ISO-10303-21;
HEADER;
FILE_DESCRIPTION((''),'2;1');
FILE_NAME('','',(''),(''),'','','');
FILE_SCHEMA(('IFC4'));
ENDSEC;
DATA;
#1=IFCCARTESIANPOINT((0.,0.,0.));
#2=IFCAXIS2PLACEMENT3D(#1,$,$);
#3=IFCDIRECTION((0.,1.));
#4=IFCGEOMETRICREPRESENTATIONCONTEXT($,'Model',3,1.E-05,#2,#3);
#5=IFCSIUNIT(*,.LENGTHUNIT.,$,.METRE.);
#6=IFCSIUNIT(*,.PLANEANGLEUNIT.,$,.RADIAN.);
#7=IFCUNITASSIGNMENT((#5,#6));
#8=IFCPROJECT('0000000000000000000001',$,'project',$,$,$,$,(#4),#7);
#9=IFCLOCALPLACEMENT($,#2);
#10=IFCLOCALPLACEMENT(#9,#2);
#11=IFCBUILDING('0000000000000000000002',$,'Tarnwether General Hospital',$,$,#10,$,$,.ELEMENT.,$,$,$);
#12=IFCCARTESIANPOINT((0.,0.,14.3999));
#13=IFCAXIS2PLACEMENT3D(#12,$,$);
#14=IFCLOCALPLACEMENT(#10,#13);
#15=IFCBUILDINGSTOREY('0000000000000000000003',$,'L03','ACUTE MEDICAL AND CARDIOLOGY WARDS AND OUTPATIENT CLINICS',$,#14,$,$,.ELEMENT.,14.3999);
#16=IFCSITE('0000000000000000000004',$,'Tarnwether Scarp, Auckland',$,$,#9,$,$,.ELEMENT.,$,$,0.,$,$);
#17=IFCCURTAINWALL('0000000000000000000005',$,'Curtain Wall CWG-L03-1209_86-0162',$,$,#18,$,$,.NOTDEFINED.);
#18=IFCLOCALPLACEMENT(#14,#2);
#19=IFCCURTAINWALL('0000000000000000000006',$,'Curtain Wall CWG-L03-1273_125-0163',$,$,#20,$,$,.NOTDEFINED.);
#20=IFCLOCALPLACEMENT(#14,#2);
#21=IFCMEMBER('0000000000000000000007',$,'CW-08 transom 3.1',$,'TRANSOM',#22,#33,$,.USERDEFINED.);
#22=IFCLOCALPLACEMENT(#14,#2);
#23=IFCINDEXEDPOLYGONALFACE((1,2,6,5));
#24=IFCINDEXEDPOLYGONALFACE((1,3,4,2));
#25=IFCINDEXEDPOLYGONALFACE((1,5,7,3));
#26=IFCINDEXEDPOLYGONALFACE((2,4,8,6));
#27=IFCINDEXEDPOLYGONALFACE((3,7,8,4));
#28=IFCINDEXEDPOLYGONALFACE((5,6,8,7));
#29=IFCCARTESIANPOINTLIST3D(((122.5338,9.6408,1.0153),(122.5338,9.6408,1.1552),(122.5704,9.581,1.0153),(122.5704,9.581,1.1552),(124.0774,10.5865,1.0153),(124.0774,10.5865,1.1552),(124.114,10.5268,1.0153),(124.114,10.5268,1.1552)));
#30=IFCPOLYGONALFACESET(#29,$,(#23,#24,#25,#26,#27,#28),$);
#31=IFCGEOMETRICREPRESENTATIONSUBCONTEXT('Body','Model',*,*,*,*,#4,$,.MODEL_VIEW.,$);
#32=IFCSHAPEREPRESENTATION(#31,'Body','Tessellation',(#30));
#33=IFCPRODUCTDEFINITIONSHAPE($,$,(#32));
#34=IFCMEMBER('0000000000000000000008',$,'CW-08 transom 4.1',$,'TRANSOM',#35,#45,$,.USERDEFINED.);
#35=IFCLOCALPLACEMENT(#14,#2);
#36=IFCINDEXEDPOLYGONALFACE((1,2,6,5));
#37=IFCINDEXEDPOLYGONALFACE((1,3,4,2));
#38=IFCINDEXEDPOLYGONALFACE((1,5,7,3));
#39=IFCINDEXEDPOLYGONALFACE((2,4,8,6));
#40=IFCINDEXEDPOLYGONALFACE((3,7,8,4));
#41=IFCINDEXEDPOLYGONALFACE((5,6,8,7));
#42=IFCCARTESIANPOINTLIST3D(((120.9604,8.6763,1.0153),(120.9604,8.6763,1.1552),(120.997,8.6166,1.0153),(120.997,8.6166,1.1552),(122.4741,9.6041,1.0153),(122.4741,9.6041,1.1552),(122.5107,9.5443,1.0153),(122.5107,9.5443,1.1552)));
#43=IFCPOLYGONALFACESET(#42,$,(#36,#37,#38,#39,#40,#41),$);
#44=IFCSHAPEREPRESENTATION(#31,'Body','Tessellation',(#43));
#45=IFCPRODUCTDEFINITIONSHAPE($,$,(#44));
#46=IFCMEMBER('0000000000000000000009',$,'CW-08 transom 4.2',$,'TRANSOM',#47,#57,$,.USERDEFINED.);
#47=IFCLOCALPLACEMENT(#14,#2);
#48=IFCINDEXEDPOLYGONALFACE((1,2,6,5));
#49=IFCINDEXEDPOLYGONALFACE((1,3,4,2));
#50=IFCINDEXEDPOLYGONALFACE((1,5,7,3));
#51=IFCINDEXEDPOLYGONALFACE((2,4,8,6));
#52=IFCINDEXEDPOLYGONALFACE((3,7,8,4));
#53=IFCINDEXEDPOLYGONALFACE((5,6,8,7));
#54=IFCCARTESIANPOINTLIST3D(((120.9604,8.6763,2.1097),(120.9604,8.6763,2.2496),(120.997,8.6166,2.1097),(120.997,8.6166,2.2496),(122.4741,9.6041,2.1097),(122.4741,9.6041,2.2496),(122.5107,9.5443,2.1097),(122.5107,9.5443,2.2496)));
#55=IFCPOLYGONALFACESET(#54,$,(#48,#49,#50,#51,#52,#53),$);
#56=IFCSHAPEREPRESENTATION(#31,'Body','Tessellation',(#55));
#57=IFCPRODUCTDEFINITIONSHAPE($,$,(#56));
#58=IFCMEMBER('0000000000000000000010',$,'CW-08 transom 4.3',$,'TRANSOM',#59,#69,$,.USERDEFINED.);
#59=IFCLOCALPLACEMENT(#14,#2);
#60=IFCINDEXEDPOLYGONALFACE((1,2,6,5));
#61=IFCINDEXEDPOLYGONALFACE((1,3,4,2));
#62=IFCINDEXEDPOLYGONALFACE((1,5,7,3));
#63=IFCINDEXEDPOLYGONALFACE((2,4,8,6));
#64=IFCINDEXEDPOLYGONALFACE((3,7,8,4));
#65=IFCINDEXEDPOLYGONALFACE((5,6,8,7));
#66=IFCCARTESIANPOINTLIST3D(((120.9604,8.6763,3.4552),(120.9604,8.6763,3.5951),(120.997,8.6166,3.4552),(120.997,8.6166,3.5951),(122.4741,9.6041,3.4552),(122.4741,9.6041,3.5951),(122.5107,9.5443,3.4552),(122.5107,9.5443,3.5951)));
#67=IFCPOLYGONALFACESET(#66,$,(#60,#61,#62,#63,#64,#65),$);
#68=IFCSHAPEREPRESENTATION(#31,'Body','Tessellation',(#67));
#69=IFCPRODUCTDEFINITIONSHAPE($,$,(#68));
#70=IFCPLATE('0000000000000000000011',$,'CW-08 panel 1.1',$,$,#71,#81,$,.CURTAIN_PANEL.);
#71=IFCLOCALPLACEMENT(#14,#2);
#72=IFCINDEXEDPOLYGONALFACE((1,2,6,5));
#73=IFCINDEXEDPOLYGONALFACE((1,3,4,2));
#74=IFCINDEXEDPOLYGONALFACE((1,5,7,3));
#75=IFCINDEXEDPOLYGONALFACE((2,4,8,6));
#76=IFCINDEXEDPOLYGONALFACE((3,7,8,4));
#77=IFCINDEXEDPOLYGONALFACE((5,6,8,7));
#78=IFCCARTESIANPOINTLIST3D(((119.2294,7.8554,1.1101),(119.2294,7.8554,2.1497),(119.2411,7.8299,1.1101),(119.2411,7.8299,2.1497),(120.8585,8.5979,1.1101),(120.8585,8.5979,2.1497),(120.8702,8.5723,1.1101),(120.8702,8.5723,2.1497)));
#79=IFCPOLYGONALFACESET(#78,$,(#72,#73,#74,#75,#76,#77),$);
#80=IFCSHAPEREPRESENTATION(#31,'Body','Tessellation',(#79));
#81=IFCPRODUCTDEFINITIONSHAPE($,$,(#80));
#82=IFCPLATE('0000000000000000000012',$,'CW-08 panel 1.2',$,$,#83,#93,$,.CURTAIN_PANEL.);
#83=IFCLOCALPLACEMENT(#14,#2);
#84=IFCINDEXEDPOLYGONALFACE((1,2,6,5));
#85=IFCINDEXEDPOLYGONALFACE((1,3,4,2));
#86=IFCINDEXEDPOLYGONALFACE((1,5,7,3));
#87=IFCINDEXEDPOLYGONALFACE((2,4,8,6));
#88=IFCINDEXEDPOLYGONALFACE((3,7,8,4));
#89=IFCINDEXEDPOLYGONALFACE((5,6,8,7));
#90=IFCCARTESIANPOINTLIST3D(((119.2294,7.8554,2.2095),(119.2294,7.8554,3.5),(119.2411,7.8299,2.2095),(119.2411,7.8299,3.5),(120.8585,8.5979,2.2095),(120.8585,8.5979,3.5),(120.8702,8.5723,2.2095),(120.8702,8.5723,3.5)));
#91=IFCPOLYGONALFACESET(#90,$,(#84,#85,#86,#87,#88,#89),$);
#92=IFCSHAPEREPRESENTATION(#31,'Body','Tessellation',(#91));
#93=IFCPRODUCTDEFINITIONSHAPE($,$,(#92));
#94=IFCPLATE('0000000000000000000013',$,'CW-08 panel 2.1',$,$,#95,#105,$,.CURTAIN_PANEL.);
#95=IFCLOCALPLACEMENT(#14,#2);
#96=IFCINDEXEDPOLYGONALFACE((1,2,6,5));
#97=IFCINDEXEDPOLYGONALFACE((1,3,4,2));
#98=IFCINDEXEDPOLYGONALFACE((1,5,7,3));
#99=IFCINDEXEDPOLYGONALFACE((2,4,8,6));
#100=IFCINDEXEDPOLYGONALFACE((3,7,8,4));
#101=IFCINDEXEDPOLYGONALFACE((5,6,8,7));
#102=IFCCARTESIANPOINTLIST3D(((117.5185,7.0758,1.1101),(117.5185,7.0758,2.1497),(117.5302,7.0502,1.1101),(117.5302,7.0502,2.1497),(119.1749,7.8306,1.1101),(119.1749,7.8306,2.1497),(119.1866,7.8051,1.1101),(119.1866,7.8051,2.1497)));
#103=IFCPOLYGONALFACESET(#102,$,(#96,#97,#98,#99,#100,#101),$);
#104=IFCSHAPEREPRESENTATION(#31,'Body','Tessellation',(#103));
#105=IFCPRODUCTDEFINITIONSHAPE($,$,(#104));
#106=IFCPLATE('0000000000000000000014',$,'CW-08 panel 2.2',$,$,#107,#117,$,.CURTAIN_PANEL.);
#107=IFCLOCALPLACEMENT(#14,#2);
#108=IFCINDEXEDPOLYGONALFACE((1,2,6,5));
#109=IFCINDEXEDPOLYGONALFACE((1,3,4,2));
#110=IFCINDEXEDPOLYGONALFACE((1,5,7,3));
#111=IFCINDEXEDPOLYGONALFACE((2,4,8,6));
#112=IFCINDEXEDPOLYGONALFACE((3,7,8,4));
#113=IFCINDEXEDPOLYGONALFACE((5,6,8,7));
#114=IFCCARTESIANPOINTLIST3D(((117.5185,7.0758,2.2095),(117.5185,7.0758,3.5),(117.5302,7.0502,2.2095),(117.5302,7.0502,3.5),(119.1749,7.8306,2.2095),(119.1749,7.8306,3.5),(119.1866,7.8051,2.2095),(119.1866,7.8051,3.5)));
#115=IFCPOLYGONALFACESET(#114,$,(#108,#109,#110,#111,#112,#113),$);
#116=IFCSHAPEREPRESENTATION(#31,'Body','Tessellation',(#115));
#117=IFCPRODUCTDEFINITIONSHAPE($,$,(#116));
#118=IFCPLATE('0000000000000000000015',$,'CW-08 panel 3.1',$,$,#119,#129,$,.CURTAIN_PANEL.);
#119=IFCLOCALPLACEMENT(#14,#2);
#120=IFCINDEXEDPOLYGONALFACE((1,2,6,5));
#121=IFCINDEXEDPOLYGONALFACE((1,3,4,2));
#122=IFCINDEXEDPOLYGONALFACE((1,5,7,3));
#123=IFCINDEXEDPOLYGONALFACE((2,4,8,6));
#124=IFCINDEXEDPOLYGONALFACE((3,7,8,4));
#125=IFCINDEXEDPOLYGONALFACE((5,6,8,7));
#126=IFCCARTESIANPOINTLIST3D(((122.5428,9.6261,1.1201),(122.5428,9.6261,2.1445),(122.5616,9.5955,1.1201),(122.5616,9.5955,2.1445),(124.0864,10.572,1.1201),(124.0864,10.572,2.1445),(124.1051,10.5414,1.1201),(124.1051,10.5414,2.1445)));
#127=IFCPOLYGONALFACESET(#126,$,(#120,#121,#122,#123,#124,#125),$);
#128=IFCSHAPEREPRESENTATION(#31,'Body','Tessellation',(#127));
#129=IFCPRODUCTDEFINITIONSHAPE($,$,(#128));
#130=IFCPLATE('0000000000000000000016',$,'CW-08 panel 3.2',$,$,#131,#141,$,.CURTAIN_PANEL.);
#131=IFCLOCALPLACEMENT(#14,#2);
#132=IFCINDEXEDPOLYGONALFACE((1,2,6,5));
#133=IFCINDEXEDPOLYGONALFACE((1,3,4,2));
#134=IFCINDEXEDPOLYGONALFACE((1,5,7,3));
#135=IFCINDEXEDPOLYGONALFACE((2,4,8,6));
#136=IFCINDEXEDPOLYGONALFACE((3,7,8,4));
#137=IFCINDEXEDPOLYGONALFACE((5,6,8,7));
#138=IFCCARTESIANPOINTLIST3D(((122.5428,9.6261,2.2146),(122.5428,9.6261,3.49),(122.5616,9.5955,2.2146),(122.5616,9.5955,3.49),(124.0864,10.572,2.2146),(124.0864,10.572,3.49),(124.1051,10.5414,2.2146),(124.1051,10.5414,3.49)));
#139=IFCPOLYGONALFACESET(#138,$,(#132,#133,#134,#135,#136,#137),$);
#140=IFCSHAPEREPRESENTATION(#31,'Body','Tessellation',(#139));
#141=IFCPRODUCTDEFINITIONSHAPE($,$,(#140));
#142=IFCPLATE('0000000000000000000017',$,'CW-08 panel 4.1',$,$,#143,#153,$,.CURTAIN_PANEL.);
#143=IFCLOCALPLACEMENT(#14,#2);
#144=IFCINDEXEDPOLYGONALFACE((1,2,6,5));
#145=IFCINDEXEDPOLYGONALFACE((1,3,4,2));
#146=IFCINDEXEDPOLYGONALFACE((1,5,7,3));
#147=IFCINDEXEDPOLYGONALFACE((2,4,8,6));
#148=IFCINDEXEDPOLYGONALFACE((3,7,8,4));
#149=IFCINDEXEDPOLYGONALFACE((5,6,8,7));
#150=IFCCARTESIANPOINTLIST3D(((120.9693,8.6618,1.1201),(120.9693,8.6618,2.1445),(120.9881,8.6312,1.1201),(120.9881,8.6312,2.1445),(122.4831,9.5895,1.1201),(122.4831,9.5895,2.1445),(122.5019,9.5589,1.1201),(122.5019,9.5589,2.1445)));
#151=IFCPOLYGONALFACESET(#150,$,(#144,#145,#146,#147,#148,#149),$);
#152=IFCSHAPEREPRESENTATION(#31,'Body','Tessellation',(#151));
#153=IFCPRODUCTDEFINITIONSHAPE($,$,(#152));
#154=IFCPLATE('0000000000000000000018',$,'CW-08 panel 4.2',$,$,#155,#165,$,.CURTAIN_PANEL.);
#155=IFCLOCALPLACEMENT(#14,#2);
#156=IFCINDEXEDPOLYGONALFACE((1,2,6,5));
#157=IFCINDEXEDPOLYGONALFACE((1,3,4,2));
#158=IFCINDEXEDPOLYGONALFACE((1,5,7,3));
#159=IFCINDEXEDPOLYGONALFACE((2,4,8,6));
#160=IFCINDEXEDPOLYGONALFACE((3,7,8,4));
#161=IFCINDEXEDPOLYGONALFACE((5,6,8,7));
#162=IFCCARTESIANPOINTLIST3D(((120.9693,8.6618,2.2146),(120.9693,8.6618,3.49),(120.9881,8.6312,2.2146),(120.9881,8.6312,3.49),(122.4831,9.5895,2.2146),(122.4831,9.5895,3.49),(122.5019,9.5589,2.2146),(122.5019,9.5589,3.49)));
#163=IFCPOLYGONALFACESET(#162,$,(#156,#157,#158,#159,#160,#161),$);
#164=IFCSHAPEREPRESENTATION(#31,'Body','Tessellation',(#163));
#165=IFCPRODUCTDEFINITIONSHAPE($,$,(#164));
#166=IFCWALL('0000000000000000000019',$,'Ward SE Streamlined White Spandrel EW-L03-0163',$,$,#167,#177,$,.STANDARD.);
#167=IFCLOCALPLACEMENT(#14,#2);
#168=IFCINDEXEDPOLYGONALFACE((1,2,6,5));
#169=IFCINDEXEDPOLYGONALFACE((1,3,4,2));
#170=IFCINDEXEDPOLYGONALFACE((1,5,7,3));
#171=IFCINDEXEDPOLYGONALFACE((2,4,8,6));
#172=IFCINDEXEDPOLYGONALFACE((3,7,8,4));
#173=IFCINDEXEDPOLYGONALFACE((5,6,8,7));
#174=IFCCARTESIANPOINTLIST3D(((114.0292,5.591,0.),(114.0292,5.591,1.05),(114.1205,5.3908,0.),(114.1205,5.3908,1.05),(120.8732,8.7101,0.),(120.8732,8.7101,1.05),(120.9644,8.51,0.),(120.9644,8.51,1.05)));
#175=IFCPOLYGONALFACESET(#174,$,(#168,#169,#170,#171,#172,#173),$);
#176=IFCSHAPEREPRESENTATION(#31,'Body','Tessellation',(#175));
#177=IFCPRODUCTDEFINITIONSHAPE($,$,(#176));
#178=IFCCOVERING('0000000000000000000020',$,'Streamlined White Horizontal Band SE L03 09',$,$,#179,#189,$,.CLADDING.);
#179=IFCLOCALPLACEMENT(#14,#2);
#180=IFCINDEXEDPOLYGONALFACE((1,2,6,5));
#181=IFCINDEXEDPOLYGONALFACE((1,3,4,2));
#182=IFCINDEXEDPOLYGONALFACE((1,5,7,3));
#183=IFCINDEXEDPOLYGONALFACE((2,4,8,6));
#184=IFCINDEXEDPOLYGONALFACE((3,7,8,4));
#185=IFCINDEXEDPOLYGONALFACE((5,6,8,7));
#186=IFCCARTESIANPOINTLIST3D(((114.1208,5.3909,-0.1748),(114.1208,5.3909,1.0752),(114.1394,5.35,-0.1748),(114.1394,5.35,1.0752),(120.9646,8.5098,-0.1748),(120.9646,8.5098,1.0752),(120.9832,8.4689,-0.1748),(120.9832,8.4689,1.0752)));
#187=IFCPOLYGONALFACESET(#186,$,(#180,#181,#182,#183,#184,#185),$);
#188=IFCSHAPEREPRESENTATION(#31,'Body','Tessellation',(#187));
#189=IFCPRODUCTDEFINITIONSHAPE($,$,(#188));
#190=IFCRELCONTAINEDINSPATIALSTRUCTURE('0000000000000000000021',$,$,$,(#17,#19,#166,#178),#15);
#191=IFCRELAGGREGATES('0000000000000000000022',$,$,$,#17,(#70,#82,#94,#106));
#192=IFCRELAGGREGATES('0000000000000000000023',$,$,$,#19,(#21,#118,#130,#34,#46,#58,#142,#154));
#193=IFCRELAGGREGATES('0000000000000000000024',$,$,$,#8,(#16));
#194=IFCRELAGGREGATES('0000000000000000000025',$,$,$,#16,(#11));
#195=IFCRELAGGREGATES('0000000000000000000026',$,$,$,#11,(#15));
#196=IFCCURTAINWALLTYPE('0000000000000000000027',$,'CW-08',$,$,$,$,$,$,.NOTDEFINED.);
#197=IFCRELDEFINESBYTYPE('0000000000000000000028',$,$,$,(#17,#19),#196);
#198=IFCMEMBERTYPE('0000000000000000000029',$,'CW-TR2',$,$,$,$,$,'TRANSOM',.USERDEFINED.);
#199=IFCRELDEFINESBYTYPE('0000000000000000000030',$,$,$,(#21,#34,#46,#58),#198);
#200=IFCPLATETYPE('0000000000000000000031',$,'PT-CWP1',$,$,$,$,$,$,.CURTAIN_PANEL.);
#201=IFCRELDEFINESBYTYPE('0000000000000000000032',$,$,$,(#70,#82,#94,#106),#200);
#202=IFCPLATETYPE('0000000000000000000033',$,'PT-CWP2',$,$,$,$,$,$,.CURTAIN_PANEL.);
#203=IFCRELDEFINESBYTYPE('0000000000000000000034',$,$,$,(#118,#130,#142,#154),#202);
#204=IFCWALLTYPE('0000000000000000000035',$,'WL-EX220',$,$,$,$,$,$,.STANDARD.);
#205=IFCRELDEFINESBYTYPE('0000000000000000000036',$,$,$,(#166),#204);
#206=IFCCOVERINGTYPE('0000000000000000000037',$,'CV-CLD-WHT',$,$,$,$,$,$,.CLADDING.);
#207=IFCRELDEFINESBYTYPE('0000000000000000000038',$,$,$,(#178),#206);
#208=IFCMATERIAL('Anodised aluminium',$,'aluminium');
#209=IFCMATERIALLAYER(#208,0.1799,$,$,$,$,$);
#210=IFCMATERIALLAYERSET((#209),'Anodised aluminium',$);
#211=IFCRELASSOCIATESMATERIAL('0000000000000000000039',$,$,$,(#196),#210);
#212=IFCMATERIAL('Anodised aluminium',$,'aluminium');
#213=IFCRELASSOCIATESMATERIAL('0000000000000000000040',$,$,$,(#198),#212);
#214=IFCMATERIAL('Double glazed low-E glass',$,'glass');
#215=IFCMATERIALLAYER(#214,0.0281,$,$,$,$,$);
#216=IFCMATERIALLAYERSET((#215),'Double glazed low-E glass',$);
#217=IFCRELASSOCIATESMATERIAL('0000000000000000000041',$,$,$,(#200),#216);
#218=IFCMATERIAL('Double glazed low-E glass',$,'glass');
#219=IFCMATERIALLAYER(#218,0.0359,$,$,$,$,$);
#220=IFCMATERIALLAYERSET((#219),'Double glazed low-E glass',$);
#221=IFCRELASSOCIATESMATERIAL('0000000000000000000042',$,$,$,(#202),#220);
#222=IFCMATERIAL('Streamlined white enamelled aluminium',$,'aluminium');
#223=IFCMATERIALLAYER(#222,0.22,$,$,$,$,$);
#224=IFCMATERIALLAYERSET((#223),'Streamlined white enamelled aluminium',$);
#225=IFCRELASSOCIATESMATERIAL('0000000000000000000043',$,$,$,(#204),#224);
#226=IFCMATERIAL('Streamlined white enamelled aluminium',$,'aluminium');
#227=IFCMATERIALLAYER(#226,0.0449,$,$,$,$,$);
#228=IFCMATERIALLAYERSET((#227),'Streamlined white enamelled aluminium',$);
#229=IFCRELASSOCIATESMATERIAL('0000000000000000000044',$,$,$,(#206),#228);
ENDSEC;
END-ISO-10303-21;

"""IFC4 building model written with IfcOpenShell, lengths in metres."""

from ifc_helpers import new_model, si_unit, direction, frame, frame_2d, origin, origin_2d, place, context, subcontext, project, spatial, rectangle, extrude, material, layer, layer_set, material_profile, profile_set, type_object, element, aggregate, save


model = new_model("IFC4")

# Units and contexts
model_context = context("Model", 3, precision=1e-05, world=origin(), true_north=direction((0.0, 1.0)))
body_context = subcontext(model_context, "Body", "Model", "MODEL_VIEW")
ifc_project = project(units=[si_unit("LENGTHUNIT", "METRE"), si_unit("PLANEANGLEUNIT", "RADIAN")], contexts=[model_context])

# Site, building, storey
site_placement = place(None, origin())
site = spatial("IfcSite", under=ifc_project, at=site_placement, Name="Tarnwether Scarp, Auckland", CompositionType="ELEMENT", RefElevation=0.0)
building_placement = place(site_placement, origin())
building = spatial("IfcBuilding", under=site, at=building_placement, Name="Tarnwether General Hospital", CompositionType="ELEMENT")
storey_placement = place(building_placement, frame((0.0, 0.0, 14.3999)))
storey = spatial("IfcBuildingStorey", under=building, at=storey_placement, Name="L03", Description="ACUTE MEDICAL AND CARDIOLOGY WARDS AND OUTPATIENT CLINICS", CompositionType="ELEMENT", Elevation=14.3999)

# Curtain walls
ifc_material_1 = material(Name="Anodised aluminium", Category="aluminium")
ifc_layer_1 = layer(ifc_material_1, 0.1799)
ifc_layer_set_1 = layer_set([ifc_layer_1], Name="Anodised aluminium")
curtain_wall_type = type_object("IfcCurtainWallType", Name="CW-08", PredefinedType="NOTDEFINED", material=ifc_layer_set_1)
curtain_wall_1_placement = place(storey_placement, origin())
curtain_wall_1 = element("IfcCurtainWall", 1, at=curtain_wall_1_placement, inside=storey, type_object=curtain_wall_type, Name="Curtain Wall CWG-L03-1209_86-0162", PredefinedType="NOTDEFINED")
curtain_wall_2_placement = place(storey_placement, origin())
curtain_wall_2 = element("IfcCurtainWall", 2, at=curtain_wall_2_placement, inside=storey, type_object=curtain_wall_type, Name="Curtain Wall CWG-L03-1273_125-0163", PredefinedType="NOTDEFINED")

# Members
ifc_material_2 = material(Name="Anodised aluminium", Category="aluminium")
ifc_material_profile_1 = material_profile(ifc_material_2, rectangle(XDim=0.0701, YDim=0.1399, at=origin_2d()), Name="ALU-TRN-70x140")
ifc_profile_set_1 = profile_set([ifc_material_profile_1], Name="Anodised aluminium")
member_type_1 = type_object("IfcMemberType", Name="CW-TR2", ElementType="TRANSOM", PredefinedType="USERDEFINED", material=ifc_profile_set_1)
member_1_placement = place(storey_placement, frame((124.0957, 10.5566, 1.0852), z_axis=(-0.852685, -0.522426, 0.0), x_axis=(0.522426, -0.852685, 0.0)))
member_1 = element("IfcMember", 3, at=member_1_placement, type_object=member_type_1, Name="CW-08 transom 3.1", ObjectType="TRANSOM", PredefinedType="USERDEFINED", context=body_context, shape_type="SweptSolid", body=[
    extrude(rectangle(XDim=0.0701, YDim=0.1399, at=origin_2d()), origin(), (0.0, 0.0, 1.0), 1.8103),
])
member_2_placement = place(storey_placement, frame((122.4924, 9.5742, 1.0852), z_axis=(-0.852601, -0.522562, 0.0), x_axis=(0.522562, -0.852601, 0.0)))
member_2 = element("IfcMember", 4, at=member_2_placement, type_object=member_type_1, Name="CW-08 transom 4.1", ObjectType="TRANSOM", PredefinedType="USERDEFINED", context=body_context, shape_type="SweptSolid", body=[
    extrude(rectangle(XDim=0.0701, YDim=0.1399, at=origin_2d()), origin(), (0.0, 0.0, 1.0), 1.7754),
])
member_3_placement = place(storey_placement, frame((122.4924, 9.5742, 2.1797), z_axis=(-0.852601, -0.522562, 0.0), x_axis=(0.522562, -0.852601, 0.0)))
member_3 = element("IfcMember", 5, at=member_3_placement, type_object=member_type_1, Name="CW-08 transom 4.2", ObjectType="TRANSOM", PredefinedType="USERDEFINED", context=body_context, shape_type="SweptSolid", body=[
    extrude(rectangle(XDim=0.0701, YDim=0.1399, at=origin_2d()), origin(), (0.0, 0.0, 1.0), 1.7754),
])
member_4_placement = place(storey_placement, frame((122.4924, 9.5742, 3.5251), z_axis=(-0.852601, -0.522562, 0.0), x_axis=(0.522562, -0.852601, 0.0)))
member_4 = element("IfcMember", 6, at=member_4_placement, type_object=member_type_1, Name="CW-08 transom 4.3", ObjectType="TRANSOM", PredefinedType="USERDEFINED", context=body_context, shape_type="SweptSolid", body=[
    extrude(rectangle(XDim=0.0701, YDim=0.1399, at=origin_2d()), origin(), (0.0, 0.0, 1.0), 1.7754),
])

# Plates
ifc_material_3 = material(Name="Double glazed low-E glass", Category="glass")
ifc_layer_2 = layer(ifc_material_3, 0.0281)
ifc_layer_set_2 = layer_set([ifc_layer_2], Name="Double glazed low-E glass")
plate_type_1 = type_object("IfcPlateType", Name="PT-CWP1", PredefinedType="CURTAIN_PANEL", material=ifc_layer_set_2)
plate_1_placement = place(storey_placement, frame((120.0498, 8.2139, 1.1101), z_axis=(0.0, 0.0, 1.0), x_axis=(-0.909961, -0.414694, 0.0)))
plate_1 = element("IfcPlate", 7, at=plate_1_placement, type_object=plate_type_1, Name="CW-08 panel 1.1", PredefinedType="CURTAIN_PANEL", context=body_context, shape_type="SweptSolid", body=[
    extrude(rectangle(XDim=1.7903, YDim=0.0281, at=origin_2d()), origin(), (0.0, 0.0, 1.0), 1.0396),
])
plate_2_placement = place(storey_placement, frame((120.0498, 8.2139, 2.2095), z_axis=(0.0, 0.0, 1.0), x_axis=(-0.909961, -0.414694, 0.0)))
plate_2 = element("IfcPlate", 8, at=plate_2_placement, type_object=plate_type_1, Name="CW-08 panel 1.2", PredefinedType="CURTAIN_PANEL", context=body_context, shape_type="SweptSolid", body=[
    extrude(rectangle(XDim=1.7903, YDim=0.0281, at=origin_2d()), origin(), (0.0, 0.0, 1.0), 1.2905),
])
plate_3_placement = place(storey_placement, frame((118.3525, 7.4404, 1.1101), z_axis=(0.0, 0.0, 1.0), x_axis=(-0.909961, -0.414694, 0.0)))
plate_3 = element("IfcPlate", 9, at=plate_3_placement, type_object=plate_type_1, Name="CW-08 panel 2.1", PredefinedType="CURTAIN_PANEL", context=body_context, shape_type="SweptSolid", body=[
    extrude(rectangle(XDim=1.8203, YDim=0.0281, at=origin_2d()), origin(), (0.0, 0.0, 1.0), 1.0396),
])
plate_4_placement = place(storey_placement, frame((118.3525, 7.4404, 2.2095), z_axis=(0.0, 0.0, 1.0), x_axis=(-0.909961, -0.414694, 0.0)))
plate_4 = element("IfcPlate", 10, at=plate_4_placement, type_object=plate_type_1, Name="CW-08 panel 2.2", PredefinedType="CURTAIN_PANEL", context=body_context, shape_type="SweptSolid", body=[
    extrude(rectangle(XDim=1.8203, YDim=0.0281, at=origin_2d()), origin(), (0.0, 0.0, 1.0), 1.2905),
])
aggregate(curtain_wall_1, [plate_1, plate_2, plate_3, plate_4])
ifc_material_4 = material(Name="Double glazed low-E glass", Category="glass")
ifc_layer_3 = layer(ifc_material_4, 0.0359)
ifc_layer_set_3 = layer_set([ifc_layer_3], Name="Double glazed low-E glass")
plate_type_2 = type_object("IfcPlateType", Name="PT-CWP2", PredefinedType="CURTAIN_PANEL", material=ifc_layer_set_3)
plate_5_placement = place(storey_placement, frame((123.324, 10.0837, 1.1201), z_axis=(0.0, 0.0, 1.0), x_axis=(-0.852634, -0.522509, 0.0)))
plate_5 = element("IfcPlate", 11, at=plate_5_placement, type_object=plate_type_2, Name="CW-08 panel 3.1", PredefinedType="CURTAIN_PANEL", context=body_context, shape_type="SweptSolid", body=[
    extrude(rectangle(XDim=1.8103, YDim=0.0359, at=origin_2d()), origin(), (0.0, 0.0, 1.0), 1.0244),
])
plate_6_placement = place(storey_placement, frame((123.324, 10.0837, 2.2146), z_axis=(0.0, 0.0, 1.0), x_axis=(-0.852634, -0.522509, 0.0)))
plate_6 = element("IfcPlate", 12, at=plate_6_placement, type_object=plate_type_2, Name="CW-08 panel 3.2", PredefinedType="CURTAIN_PANEL", context=body_context, shape_type="SweptSolid", body=[
    extrude(rectangle(XDim=1.8103, YDim=0.0359, at=origin_2d()), origin(), (0.0, 0.0, 1.0), 1.2754),
])
plate_7_placement = place(storey_placement, frame((121.7356, 9.1104, 1.1201), z_axis=(0.0, 0.0, 1.0), x_axis=(-0.852634, -0.522509, 0.0)))
plate_7 = element("IfcPlate", 13, at=plate_7_placement, type_object=plate_type_2, Name="CW-08 panel 4.1", PredefinedType="CURTAIN_PANEL", context=body_context, shape_type="SweptSolid", body=[
    extrude(rectangle(XDim=1.7754, YDim=0.0359, at=origin_2d()), origin(), (0.0, 0.0, 1.0), 1.0244),
])
plate_8_placement = place(storey_placement, frame((121.7356, 9.1104, 2.2146), z_axis=(0.0, 0.0, 1.0), x_axis=(-0.852634, -0.522509, 0.0)))
plate_8 = element("IfcPlate", 14, at=plate_8_placement, type_object=plate_type_2, Name="CW-08 panel 4.2", PredefinedType="CURTAIN_PANEL", context=body_context, shape_type="SweptSolid", body=[
    extrude(rectangle(XDim=1.7754, YDim=0.0359, at=origin_2d()), origin(), (0.0, 0.0, 1.0), 1.2754),
])
aggregate(curtain_wall_2, [member_1, plate_5, plate_6, member_2, member_3, member_4, plate_7, plate_8])

# Wall
ifc_material_5 = material(Name="Streamlined white enamelled aluminium", Category="aluminium")
ifc_layer_4 = layer(ifc_material_5, 0.22)
ifc_layer_set_4 = layer_set([ifc_layer_4], Name="Streamlined white enamelled aluminium")
wall_type = type_object("IfcWallType", Name="WL-EX220", PredefinedType="STANDARD", material=ifc_layer_set_4)
wall_placement = place(storey_placement, frame((120.9189, 8.6101, 0.0), z_axis=(0.0, 0.0, 1.0), x_axis=(-0.909954, -0.41471, 0.0)))
element("IfcWall", 15, at=wall_placement, inside=storey, type_object=wall_type, Name="Ward SE Streamlined White Spandrel EW-L03-0163", PredefinedType="STANDARD", context=body_context, shape_type="SweptSolid", body=[
    extrude(rectangle(XDim=7.5212, YDim=0.22, at=frame_2d((3.7607, 0.0))), origin(), (0.0, 0.0, 1.0), 1.05),
])

# Covering
ifc_material_6 = material(Name="Streamlined white enamelled aluminium", Category="aluminium")
ifc_layer_5 = layer(ifc_material_6, 0.0449)
ifc_layer_set_5 = layer_set([ifc_layer_5], Name="Streamlined white enamelled aluminium")
covering_type = type_object("IfcCoveringType", Name="CV-CLD-WHT", PredefinedType="CLADDING", material=ifc_layer_set_5)
covering_placement = place(storey_placement, frame((117.552, 6.9299, -0.1748), z_axis=(0.0, 0.0, 1.0), x_axis=(-0.909961, -0.414693, 0.0)))
element("IfcCovering", 16, at=covering_placement, inside=storey, type_object=covering_type, Name="Streamlined White Horizontal Band SE L03 09", PredefinedType="CLADDING", context=body_context, shape_type="SweptSolid", body=[
    extrude(rectangle(XDim=7.521, YDim=0.0449, at=origin_2d()), origin(), (0.0, 0.0, 1.0), 1.25),
])

save(model, "model.ifc")
